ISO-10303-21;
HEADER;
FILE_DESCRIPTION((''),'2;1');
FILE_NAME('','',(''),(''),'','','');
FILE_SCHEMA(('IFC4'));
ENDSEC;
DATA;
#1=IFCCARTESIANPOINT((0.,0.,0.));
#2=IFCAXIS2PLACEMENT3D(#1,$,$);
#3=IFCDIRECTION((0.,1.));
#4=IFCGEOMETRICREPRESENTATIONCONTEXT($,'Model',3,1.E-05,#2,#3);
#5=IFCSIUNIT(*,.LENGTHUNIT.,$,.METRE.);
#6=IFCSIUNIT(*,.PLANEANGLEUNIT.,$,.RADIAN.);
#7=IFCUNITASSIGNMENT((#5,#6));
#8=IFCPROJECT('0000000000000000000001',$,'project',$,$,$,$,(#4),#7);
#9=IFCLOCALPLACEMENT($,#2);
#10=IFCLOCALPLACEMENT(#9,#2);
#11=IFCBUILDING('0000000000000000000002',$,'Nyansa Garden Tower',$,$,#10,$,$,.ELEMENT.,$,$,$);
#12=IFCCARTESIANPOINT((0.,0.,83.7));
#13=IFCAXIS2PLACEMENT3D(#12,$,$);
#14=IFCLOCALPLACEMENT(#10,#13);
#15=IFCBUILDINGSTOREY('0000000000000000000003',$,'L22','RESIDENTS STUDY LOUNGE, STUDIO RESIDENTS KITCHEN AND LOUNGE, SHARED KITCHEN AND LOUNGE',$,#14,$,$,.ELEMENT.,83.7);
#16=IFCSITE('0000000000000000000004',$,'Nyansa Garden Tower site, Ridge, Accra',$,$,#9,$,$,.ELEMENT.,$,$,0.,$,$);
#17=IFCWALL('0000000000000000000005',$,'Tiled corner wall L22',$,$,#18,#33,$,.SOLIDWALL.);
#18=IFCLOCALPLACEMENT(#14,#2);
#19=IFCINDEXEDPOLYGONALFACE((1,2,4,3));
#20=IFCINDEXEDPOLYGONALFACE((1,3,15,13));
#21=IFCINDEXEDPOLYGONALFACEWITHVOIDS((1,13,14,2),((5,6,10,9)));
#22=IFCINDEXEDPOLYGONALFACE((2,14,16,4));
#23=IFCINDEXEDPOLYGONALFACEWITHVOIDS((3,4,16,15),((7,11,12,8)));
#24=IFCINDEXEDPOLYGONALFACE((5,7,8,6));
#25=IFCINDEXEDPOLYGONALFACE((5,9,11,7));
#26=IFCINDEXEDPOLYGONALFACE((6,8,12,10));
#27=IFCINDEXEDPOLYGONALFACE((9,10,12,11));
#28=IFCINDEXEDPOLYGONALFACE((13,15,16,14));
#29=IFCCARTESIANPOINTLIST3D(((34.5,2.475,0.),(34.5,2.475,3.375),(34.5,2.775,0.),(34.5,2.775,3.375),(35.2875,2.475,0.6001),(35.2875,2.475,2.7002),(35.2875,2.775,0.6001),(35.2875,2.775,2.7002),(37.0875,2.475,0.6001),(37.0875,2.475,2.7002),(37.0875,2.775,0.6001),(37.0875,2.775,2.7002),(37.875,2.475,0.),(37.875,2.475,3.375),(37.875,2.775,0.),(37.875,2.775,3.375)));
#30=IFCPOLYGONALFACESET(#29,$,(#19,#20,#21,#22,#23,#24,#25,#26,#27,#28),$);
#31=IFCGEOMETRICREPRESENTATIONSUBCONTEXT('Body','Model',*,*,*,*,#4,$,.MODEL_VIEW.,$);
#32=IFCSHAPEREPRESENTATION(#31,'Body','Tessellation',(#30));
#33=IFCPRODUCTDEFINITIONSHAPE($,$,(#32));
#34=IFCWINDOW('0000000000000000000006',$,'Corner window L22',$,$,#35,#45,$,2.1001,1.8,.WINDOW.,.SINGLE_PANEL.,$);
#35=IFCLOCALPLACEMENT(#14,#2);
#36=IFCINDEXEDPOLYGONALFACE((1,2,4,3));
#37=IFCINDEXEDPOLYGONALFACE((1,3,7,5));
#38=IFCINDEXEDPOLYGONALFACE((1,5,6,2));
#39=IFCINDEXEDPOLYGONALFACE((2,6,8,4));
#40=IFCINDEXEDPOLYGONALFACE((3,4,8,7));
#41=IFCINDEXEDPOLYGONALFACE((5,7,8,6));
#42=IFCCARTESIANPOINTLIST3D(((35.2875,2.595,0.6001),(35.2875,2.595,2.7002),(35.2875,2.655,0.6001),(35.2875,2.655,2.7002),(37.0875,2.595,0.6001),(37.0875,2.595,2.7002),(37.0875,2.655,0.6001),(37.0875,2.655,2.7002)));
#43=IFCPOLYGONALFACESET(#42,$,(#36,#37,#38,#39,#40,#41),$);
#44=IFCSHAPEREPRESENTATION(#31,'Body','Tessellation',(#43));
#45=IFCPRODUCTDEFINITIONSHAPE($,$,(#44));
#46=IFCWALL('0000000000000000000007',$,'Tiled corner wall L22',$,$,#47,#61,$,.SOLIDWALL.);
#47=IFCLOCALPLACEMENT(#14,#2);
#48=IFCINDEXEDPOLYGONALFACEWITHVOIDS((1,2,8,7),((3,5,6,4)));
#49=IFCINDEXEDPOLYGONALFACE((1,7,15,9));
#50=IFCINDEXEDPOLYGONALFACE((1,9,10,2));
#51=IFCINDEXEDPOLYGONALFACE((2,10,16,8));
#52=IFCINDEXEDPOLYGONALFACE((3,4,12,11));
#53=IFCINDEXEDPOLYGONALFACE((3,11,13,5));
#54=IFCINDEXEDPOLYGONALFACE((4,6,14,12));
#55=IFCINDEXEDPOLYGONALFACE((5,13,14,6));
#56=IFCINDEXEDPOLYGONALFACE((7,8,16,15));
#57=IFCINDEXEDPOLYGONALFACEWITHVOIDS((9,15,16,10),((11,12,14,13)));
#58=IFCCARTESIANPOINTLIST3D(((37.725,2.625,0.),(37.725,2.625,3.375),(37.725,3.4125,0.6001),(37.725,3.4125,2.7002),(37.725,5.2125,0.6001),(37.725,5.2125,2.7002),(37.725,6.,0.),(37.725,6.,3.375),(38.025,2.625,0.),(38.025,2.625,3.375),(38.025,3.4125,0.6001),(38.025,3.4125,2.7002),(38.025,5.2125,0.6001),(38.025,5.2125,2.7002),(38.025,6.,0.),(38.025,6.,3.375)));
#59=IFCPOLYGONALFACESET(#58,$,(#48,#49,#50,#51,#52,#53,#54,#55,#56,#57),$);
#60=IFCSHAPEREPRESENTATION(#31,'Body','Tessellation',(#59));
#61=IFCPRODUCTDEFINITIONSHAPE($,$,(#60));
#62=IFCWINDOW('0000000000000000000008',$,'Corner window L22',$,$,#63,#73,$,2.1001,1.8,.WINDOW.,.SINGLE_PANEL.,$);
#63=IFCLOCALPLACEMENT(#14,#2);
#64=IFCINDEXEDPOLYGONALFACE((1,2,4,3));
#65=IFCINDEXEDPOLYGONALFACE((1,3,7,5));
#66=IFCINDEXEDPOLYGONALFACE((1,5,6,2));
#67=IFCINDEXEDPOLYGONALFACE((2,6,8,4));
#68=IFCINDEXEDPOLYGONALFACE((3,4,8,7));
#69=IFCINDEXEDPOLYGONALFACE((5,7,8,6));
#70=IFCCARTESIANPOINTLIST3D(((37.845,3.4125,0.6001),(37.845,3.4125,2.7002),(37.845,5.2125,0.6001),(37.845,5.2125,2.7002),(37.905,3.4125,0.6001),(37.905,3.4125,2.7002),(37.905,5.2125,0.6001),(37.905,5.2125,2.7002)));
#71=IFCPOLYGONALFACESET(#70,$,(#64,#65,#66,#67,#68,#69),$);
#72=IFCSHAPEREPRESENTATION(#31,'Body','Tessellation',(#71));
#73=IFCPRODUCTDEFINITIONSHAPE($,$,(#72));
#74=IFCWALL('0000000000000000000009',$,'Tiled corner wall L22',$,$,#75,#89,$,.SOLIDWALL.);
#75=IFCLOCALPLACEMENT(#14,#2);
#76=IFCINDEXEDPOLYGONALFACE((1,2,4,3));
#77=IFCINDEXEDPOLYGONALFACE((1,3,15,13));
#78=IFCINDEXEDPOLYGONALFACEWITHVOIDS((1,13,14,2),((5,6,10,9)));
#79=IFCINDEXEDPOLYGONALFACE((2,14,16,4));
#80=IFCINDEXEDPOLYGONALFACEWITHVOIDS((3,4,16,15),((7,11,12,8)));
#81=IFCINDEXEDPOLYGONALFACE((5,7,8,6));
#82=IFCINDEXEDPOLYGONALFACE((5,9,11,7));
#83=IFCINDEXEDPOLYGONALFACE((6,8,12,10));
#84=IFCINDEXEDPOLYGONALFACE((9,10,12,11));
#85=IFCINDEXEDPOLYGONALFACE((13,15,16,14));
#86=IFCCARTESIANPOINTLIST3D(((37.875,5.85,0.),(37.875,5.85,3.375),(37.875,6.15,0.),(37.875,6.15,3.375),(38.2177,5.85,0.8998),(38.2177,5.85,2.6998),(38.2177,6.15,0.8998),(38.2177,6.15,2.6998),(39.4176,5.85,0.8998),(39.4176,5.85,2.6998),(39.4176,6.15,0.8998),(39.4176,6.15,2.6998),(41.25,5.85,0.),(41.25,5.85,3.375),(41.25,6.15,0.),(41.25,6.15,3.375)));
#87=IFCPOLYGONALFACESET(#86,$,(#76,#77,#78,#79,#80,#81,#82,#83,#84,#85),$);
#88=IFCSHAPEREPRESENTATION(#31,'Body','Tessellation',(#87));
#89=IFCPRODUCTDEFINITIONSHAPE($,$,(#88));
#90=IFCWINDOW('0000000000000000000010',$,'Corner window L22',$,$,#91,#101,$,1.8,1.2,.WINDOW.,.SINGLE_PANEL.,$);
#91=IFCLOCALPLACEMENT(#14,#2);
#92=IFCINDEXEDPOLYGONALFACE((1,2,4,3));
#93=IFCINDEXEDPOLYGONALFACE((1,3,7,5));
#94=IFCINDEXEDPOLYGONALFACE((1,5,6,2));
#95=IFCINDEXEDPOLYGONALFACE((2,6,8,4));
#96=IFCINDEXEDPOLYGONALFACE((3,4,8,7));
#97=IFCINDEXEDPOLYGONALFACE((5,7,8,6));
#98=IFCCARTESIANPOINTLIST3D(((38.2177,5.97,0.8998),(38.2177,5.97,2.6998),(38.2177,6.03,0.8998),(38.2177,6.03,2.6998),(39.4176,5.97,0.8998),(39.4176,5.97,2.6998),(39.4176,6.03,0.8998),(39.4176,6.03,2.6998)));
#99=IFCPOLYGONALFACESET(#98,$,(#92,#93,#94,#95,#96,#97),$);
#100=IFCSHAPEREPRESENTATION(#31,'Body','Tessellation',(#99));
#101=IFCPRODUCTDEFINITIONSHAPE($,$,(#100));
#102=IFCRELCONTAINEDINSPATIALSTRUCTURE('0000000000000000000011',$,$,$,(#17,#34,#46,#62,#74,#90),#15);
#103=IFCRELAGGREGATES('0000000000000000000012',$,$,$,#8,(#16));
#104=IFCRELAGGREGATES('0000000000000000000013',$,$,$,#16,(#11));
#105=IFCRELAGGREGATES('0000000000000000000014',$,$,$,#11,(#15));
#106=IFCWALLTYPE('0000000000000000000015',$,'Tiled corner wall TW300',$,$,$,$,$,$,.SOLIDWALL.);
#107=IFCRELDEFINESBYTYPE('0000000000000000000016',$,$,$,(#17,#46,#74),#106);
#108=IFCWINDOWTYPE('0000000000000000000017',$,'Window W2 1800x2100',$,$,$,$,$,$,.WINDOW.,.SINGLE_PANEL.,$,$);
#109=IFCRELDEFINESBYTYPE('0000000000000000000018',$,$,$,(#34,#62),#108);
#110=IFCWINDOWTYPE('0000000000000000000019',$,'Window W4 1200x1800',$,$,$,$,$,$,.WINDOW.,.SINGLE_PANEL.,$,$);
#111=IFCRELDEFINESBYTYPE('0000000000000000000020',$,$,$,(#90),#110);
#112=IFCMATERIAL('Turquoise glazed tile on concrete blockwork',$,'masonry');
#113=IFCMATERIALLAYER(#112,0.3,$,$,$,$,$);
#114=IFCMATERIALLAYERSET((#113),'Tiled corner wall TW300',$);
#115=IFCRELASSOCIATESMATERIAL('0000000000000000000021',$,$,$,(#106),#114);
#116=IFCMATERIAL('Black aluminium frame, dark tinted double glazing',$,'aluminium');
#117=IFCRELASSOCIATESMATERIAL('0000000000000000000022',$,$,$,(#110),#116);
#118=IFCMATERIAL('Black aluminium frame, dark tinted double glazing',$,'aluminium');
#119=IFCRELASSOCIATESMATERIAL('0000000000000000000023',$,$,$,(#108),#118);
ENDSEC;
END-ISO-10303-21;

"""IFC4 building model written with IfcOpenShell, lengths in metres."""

from ifc_helpers import new_model, si_unit, direction, frame, frame_2d, origin, place, context, subcontext, project, spatial, rectangle, extrude, material, layer, layer_set, type_object, element, fill, save


model = new_model("IFC4")

# Units and contexts
model_context = context("Model", 3, precision=1e-05, world=origin(), true_north=direction((0.0, 1.0)))
body_context = subcontext(model_context, "Body", "Model", "MODEL_VIEW")
ifc_project = project(units=[si_unit("LENGTHUNIT", "METRE"), si_unit("PLANEANGLEUNIT", "RADIAN")], contexts=[model_context])

# Site, building, storey
site_placement = place(None, origin())
site = spatial("IfcSite", under=ifc_project, at=site_placement, Name="Nyansa Garden Tower site, Ridge, Accra", CompositionType="ELEMENT", RefElevation=0.0)
building_placement = place(site_placement, origin())
building = spatial("IfcBuilding", under=site, at=building_placement, Name="Nyansa Garden Tower", CompositionType="ELEMENT")
storey_placement = place(building_placement, frame((0.0, 0.0, 83.7)))
storey = spatial("IfcBuildingStorey", under=building, at=storey_placement, Name="L22", Description="RESIDENTS STUDY LOUNGE, STUDIO RESIDENTS KITCHEN AND LOUNGE, SHARED KITCHEN AND LOUNGE", CompositionType="ELEMENT", Elevation=83.7)

# Walls, openings, windows
ifc_material_1 = material(Name="Turquoise glazed tile on concrete blockwork", Category="masonry")
ifc_layer_1 = layer(ifc_material_1, 0.3)
ifc_layer_set_1 = layer_set([ifc_layer_1], Name="Tiled corner wall TW300")
wall_type_1 = type_object("IfcWallType", Name="Tiled corner wall TW300", PredefinedType="SOLIDWALL", material=ifc_layer_set_1)
ifc_material_2 = material(Name="Black aluminium frame, dark tinted double glazing", Category="aluminium")
window_type_1 = type_object("IfcWindowType", Name="Window W4 1200x1800", PartitioningType="SINGLE_PANEL", PredefinedType="WINDOW", material=ifc_material_2)
wall_1_placement = place(storey_placement, frame((34.5, 2.625, 0.0), z_axis=(0.0, 0.0, 1.0), x_axis=(1.0, 0.0, 0.0)))
wall_1 = element("IfcWall", 1, at=wall_1_placement, inside=storey, type_object=wall_type_1, Name="Tiled corner wall L22", PredefinedType="SOLIDWALL", context=body_context, shape_type="SweptSolid", body=[
    extrude(rectangle(XDim=3.375, YDim=0.3, at=frame_2d((1.6875, 0.0))), origin(), (0.0, 0.0, 1.0), 3.375),
])
opening_1_placement = place(wall_1_placement, frame((0.7876, 0.0, 0.6001)))
opening_1 = element("IfcOpeningElement", 2, at=opening_1_placement, cuts=wall_1, PredefinedType="OPENING", context=body_context, shape_type="SweptSolid", body=[
    extrude(rectangle(XDim=1.8, YDim=2.1001, at=frame_2d((0.8999, 1.05))), frame((0.0, 0.1599, 0.0), z_axis=(0.0, -1.0, 0.0), x_axis=(1.0, 0.0, 0.0)), (0.0, 0.0, 1.0), 0.3201),
])
ifc_material_3 = material(Name="Black aluminium frame, dark tinted double glazing", Category="aluminium")
window_type_2 = type_object("IfcWindowType", Name="Window W2 1800x2100", PartitioningType="SINGLE_PANEL", PredefinedType="WINDOW", material=ifc_material_3)
window_1_placement = place(opening_1_placement, origin())
window_1 = element("IfcWindow", 3, at=window_1_placement, inside=storey, type_object=window_type_2, Name="Corner window L22", OverallHeight=2.1001, OverallWidth=1.8, PartitioningType="SINGLE_PANEL", PredefinedType="WINDOW", context=body_context, shape_type="SweptSolid", body=[
    extrude(rectangle(XDim=1.8, YDim=2.1001, at=frame_2d((0.8999, 1.05))), frame((0.0, 0.03, 0.0), z_axis=(0.0, -1.0, 0.0), x_axis=(1.0, 0.0, 0.0)), (0.0, 0.0, 1.0), 0.0601),
])
fill(opening_1, window_1)
wall_2_placement = place(storey_placement, frame((37.875, 2.625, 0.0), z_axis=(0.0, 0.0, 1.0), x_axis=(0.0, 1.0, 0.0)))
wall_2 = element("IfcWall", 4, at=wall_2_placement, inside=storey, type_object=wall_type_1, Name="Tiled corner wall L22", PredefinedType="SOLIDWALL", context=body_context, shape_type="SweptSolid", body=[
    extrude(rectangle(XDim=3.375, YDim=0.3, at=frame_2d((1.6875, 0.0))), origin(), (0.0, 0.0, 1.0), 3.375),
])
opening_2_placement = place(wall_2_placement, frame((0.7876, 0.0, 0.6001)))
opening_2 = element("IfcOpeningElement", 5, at=opening_2_placement, cuts=wall_2, PredefinedType="OPENING", context=body_context, shape_type="SweptSolid", body=[
    extrude(rectangle(XDim=1.8, YDim=2.1001, at=frame_2d((0.8999, 1.05))), frame((0.0, 0.1599, 0.0), z_axis=(0.0, -1.0, 0.0), x_axis=(1.0, 0.0, 0.0)), (0.0, 0.0, 1.0), 0.3201),
])
window_2_placement = place(opening_2_placement, origin())
window_2 = element("IfcWindow", 6, at=window_2_placement, inside=storey, type_object=window_type_2, Name="Corner window L22", OverallHeight=2.1001, OverallWidth=1.8, PartitioningType="SINGLE_PANEL", PredefinedType="WINDOW", context=body_context, shape_type="SweptSolid", body=[
    extrude(rectangle(XDim=1.8, YDim=2.1001, at=frame_2d((0.8999, 1.05))), frame((0.0, 0.03, 0.0), z_axis=(0.0, -1.0, 0.0), x_axis=(1.0, 0.0, 0.0)), (0.0, 0.0, 1.0), 0.0601),
])
fill(opening_2, window_2)
wall_3_placement = place(storey_placement, frame((37.875, 6.0, 0.0), z_axis=(0.0, 0.0, 1.0), x_axis=(1.0, 0.0, 0.0)))
wall_3 = element("IfcWall", 7, at=wall_3_placement, inside=storey, type_object=wall_type_1, Name="Tiled corner wall L22", PredefinedType="SOLIDWALL", context=body_context, shape_type="SweptSolid", body=[
    extrude(rectangle(XDim=3.375, YDim=0.3, at=frame_2d((1.6875, 0.0))), origin(), (0.0, 0.0, 1.0), 3.375),
])
opening_3_placement = place(wall_3_placement, frame((0.3425, 0.0, 0.8999)))
opening_3 = element("IfcOpeningElement", 8, at=opening_3_placement, cuts=wall_3, PredefinedType="OPENING", context=body_context, shape_type="SweptSolid", body=[
    extrude(rectangle(XDim=1.2, YDim=1.8, at=frame_2d((0.6001, 0.8999))), frame((0.0, 0.1599, 0.0), z_axis=(0.0, -1.0, 0.0), x_axis=(1.0, 0.0, 0.0)), (0.0, 0.0, 1.0), 0.3201),
])
window_3_placement = place(opening_3_placement, origin())
window_3 = element("IfcWindow", 9, at=window_3_placement, inside=storey, type_object=window_type_1, Name="Corner window L22", OverallHeight=1.8, OverallWidth=1.2, PartitioningType="SINGLE_PANEL", PredefinedType="WINDOW", context=body_context, shape_type="SweptSolid", body=[
    extrude(rectangle(XDim=1.2, YDim=1.8, at=frame_2d((0.6001, 0.8999))), frame((0.0, 0.03, 0.0), z_axis=(0.0, -1.0, 0.0), x_axis=(1.0, 0.0, 0.0)), (0.0, 0.0, 1.0), 0.0601),
])
fill(opening_3, window_3)

save(model, "model.ifc")
